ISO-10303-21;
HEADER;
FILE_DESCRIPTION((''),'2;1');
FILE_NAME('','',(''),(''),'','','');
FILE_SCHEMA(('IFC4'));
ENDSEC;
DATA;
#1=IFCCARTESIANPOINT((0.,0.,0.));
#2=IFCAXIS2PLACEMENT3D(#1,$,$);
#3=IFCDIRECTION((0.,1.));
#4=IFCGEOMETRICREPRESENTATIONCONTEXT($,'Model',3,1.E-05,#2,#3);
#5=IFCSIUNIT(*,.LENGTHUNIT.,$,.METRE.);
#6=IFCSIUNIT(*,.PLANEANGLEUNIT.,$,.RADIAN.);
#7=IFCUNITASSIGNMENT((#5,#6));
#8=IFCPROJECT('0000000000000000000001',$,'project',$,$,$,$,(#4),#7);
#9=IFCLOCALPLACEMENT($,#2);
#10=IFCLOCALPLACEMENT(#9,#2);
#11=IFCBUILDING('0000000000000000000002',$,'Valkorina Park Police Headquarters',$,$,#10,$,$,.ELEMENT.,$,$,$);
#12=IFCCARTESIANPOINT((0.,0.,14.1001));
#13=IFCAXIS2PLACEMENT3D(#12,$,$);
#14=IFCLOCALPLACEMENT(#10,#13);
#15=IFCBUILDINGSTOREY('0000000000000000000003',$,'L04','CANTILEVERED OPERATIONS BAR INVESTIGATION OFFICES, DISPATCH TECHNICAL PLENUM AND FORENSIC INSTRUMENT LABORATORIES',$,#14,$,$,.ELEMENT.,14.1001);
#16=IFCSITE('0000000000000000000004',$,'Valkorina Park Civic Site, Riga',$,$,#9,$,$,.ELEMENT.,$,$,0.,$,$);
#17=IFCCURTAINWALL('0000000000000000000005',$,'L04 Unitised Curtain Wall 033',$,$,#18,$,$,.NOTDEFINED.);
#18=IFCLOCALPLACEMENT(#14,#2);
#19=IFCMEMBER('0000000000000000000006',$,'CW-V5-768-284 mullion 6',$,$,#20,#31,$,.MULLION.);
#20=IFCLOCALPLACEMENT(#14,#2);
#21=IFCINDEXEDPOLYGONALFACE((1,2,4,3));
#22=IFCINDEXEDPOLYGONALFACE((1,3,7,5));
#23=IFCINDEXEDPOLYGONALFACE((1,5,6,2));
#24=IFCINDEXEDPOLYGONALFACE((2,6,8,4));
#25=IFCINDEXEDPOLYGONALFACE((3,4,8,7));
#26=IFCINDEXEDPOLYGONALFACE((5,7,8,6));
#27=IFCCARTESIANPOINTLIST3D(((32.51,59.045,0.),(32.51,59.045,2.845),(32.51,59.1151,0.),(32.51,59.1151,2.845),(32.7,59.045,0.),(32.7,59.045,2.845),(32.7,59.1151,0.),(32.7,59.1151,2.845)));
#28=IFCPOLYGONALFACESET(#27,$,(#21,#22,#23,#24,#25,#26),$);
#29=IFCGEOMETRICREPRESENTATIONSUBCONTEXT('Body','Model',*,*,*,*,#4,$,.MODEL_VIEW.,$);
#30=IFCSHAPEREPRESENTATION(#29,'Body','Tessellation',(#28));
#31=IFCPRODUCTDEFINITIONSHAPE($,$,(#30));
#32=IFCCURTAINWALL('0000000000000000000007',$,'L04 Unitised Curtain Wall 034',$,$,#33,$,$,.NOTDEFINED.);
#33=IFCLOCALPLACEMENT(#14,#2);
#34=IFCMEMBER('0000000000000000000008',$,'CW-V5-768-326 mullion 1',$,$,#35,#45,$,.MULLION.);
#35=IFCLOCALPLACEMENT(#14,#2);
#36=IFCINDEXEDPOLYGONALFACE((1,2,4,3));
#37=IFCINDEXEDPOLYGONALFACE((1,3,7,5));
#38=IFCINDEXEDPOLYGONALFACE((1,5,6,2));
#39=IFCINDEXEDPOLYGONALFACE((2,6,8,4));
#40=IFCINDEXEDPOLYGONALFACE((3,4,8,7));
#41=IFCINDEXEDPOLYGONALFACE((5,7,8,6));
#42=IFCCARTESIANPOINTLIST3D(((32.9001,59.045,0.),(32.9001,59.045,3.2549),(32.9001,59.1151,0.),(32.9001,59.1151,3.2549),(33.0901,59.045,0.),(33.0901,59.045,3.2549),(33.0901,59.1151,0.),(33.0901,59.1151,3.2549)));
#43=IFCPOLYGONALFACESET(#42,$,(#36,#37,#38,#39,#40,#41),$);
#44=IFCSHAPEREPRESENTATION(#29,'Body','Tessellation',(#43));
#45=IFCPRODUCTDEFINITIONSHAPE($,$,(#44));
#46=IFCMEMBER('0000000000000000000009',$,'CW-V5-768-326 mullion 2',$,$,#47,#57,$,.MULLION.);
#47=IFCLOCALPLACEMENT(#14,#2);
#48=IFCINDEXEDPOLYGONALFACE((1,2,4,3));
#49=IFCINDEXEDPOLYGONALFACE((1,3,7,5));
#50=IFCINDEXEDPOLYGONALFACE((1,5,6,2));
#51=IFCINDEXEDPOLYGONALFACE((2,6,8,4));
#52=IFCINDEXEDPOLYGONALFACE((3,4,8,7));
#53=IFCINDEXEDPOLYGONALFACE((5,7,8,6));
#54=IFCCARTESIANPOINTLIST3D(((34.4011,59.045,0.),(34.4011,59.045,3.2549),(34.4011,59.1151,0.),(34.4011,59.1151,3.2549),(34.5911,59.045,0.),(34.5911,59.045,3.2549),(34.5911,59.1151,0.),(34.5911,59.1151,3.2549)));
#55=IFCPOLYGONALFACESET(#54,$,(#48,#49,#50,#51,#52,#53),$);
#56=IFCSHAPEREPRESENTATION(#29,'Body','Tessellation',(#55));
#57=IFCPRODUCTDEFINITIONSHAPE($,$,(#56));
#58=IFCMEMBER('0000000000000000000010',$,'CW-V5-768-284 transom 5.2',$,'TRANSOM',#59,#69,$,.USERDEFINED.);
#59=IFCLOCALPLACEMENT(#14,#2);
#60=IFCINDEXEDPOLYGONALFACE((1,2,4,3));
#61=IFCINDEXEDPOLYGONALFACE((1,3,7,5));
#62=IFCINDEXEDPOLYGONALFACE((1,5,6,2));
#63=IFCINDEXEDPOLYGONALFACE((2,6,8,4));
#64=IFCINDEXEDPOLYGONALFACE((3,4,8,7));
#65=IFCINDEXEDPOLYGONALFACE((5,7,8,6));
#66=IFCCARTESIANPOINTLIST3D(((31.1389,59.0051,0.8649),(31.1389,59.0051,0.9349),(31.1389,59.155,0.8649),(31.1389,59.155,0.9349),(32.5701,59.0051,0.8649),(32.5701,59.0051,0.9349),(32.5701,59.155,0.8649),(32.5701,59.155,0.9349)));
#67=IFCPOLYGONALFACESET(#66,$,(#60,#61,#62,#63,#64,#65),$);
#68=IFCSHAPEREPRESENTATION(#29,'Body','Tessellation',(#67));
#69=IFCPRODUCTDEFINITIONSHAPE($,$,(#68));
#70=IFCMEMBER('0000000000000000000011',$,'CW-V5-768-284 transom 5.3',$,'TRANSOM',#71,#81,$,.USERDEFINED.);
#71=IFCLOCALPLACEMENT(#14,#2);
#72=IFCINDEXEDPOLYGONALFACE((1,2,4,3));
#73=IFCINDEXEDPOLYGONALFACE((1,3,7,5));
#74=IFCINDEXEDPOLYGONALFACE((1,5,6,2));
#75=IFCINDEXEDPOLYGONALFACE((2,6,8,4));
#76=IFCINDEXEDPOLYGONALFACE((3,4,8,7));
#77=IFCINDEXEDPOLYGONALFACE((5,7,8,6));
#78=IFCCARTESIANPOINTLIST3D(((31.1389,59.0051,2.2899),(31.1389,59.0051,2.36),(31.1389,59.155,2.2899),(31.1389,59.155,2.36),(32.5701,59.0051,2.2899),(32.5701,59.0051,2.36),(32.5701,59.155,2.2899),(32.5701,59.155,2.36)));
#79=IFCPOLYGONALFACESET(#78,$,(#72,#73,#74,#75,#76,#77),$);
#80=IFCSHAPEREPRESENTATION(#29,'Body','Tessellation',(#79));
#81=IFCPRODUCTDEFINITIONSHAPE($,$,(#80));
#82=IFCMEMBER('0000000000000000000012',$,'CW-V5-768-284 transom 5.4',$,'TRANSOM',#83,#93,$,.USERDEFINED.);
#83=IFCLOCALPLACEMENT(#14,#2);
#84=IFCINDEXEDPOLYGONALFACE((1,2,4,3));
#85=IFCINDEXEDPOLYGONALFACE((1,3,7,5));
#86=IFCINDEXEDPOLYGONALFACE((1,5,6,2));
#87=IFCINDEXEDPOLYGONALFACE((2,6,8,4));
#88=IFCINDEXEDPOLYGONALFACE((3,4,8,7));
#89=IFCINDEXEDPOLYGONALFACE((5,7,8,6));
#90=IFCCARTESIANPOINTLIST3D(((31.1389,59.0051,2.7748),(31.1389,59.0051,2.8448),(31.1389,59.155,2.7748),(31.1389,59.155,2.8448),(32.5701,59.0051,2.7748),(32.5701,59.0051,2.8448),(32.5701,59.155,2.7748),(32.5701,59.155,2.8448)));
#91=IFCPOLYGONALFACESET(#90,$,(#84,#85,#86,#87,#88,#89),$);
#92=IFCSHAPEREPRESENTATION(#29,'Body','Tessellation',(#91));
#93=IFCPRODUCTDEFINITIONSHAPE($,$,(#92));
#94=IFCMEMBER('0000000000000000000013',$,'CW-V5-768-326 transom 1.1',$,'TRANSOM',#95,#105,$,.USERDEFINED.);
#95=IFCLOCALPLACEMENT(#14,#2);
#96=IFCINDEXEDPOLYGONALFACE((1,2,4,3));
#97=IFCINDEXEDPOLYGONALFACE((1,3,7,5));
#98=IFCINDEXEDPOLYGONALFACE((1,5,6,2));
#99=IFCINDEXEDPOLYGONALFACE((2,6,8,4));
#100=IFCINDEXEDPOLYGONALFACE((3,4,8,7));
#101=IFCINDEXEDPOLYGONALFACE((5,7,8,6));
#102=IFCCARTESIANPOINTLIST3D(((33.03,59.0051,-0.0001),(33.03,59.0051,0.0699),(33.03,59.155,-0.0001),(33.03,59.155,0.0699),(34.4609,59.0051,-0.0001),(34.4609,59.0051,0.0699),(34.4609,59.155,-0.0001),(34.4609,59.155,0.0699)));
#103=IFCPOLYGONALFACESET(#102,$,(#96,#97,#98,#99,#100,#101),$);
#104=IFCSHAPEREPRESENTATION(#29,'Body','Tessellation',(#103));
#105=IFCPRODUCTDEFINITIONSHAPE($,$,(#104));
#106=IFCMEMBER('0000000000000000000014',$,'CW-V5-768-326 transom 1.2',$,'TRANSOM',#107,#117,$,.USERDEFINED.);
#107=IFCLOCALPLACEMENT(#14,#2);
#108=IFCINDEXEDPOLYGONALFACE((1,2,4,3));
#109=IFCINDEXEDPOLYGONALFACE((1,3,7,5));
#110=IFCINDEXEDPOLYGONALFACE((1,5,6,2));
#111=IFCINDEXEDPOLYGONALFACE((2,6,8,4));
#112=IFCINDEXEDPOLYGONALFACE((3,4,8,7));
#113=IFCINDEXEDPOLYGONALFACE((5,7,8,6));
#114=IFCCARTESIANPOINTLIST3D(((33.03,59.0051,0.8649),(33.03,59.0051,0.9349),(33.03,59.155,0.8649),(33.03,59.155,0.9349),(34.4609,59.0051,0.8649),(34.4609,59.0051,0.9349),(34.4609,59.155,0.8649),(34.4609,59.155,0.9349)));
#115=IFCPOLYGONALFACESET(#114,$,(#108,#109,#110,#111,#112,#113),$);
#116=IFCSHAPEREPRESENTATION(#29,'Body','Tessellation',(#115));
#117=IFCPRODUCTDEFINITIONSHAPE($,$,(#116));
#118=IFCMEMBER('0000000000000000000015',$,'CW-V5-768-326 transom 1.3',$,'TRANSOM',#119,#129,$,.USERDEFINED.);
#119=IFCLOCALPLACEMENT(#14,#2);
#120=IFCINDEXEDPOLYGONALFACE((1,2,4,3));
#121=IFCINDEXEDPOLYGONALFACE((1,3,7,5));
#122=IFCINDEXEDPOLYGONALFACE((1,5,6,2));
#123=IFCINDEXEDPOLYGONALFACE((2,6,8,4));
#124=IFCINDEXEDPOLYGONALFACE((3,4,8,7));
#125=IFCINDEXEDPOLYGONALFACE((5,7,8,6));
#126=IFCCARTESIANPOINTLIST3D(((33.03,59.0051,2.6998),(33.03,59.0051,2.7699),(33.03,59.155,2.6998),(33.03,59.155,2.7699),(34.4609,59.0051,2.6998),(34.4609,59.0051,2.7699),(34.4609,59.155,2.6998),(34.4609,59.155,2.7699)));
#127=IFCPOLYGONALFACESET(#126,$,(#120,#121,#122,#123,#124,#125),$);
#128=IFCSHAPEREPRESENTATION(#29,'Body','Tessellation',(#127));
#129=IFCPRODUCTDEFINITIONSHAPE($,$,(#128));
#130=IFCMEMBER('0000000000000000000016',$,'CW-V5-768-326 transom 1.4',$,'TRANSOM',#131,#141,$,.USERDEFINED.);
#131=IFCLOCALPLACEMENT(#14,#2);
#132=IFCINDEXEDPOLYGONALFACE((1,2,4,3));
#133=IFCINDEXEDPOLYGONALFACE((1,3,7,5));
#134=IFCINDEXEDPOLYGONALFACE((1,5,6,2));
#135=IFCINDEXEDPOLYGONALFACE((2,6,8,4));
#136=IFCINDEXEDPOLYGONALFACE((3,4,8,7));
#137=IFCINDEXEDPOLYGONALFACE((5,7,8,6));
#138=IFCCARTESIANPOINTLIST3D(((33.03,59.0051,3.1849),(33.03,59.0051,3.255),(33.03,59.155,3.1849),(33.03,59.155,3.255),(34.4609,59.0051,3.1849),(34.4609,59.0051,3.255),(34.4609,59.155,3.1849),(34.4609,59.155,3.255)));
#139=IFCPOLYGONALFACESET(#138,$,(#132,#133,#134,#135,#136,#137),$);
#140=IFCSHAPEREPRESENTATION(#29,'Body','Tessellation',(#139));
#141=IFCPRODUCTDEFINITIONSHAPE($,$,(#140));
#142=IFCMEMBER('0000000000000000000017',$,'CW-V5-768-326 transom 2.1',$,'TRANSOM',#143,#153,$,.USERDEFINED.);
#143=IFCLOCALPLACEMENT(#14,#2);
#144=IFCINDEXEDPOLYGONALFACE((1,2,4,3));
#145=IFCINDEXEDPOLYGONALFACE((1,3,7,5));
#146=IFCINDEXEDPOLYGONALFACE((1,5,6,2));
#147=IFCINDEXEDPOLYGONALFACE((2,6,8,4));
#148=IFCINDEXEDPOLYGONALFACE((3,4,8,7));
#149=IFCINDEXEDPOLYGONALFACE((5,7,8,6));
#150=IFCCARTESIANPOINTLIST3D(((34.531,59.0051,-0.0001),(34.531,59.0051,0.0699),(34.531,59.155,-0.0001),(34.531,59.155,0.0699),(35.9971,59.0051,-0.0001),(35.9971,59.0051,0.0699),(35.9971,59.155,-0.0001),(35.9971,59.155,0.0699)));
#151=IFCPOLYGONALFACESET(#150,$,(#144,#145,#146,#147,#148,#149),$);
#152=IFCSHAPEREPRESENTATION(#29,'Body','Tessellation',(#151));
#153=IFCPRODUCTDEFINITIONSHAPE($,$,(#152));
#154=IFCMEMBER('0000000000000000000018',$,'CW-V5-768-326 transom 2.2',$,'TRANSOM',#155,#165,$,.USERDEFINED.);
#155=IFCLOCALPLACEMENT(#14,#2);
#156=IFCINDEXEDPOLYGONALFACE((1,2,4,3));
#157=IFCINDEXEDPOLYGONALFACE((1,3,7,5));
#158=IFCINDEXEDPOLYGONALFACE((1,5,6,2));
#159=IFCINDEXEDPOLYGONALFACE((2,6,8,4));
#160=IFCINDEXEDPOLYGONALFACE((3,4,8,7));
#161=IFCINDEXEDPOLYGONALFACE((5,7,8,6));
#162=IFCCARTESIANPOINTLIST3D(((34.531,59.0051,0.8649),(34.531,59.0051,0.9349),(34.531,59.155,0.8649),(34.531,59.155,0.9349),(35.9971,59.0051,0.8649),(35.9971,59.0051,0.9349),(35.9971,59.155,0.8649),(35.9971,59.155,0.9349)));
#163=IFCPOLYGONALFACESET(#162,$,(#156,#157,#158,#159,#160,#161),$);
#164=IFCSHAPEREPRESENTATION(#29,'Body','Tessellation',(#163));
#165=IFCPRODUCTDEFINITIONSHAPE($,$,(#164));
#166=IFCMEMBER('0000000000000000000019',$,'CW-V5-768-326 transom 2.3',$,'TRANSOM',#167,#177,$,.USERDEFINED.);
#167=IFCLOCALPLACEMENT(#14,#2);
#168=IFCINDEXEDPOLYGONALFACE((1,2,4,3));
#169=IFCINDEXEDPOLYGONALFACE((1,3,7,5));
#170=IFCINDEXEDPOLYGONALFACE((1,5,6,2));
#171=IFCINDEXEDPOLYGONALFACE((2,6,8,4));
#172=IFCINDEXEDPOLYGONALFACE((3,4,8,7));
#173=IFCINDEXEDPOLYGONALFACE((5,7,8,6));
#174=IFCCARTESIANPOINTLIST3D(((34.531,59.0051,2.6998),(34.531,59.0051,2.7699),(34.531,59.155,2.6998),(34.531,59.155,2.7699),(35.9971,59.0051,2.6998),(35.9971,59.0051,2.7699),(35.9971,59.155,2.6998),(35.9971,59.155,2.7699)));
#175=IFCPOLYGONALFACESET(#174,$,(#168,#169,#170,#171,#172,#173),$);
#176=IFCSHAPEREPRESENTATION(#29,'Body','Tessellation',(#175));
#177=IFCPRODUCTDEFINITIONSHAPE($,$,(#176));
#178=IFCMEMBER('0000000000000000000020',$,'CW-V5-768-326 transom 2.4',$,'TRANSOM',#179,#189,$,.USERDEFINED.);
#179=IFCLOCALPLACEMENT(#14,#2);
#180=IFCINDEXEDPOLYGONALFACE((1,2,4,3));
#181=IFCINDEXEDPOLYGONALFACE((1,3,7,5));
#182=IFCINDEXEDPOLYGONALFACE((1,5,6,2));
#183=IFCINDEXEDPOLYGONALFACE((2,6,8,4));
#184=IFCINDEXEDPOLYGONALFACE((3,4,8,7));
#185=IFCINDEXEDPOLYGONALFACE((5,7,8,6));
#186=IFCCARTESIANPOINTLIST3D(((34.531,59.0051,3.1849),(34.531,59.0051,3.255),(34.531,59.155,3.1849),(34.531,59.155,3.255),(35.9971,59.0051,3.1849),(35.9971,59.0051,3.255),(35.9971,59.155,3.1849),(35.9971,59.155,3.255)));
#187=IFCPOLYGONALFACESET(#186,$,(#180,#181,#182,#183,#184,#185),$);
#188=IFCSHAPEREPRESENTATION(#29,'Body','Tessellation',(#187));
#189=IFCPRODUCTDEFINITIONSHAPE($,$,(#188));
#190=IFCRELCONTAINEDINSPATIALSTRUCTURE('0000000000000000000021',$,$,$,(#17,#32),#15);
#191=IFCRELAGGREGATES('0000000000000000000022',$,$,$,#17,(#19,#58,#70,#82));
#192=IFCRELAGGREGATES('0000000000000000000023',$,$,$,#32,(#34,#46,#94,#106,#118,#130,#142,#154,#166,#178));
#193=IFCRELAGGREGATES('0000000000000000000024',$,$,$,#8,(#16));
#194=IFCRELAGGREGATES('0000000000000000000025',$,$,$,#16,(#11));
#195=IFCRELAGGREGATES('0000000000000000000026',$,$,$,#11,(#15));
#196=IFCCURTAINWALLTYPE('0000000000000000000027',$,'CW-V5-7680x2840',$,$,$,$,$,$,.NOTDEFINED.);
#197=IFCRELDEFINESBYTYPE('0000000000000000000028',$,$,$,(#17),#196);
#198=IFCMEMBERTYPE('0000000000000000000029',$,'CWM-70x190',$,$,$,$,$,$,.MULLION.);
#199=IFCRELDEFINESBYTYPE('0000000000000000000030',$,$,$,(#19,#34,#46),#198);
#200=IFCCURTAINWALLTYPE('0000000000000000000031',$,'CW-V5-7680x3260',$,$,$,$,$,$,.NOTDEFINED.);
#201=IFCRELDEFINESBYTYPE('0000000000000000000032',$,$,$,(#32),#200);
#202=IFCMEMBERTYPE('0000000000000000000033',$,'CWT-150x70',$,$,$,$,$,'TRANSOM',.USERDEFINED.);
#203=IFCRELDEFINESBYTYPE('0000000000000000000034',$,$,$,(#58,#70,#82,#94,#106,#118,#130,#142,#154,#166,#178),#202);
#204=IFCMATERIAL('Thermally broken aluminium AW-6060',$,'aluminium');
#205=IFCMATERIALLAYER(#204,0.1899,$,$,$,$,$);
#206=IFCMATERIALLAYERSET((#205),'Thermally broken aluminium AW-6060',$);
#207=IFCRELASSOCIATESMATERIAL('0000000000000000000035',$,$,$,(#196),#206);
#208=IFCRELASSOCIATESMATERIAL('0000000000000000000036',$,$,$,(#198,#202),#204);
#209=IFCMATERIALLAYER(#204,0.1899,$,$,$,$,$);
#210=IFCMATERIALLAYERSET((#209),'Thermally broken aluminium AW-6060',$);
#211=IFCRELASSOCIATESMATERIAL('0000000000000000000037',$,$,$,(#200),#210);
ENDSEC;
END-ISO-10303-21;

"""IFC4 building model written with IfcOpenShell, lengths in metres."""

from ifc_helpers import new_model, si_unit, direction, frame, origin, origin_2d, place, context, subcontext, project, spatial, rectangle, extrude, material, layer, layer_set, material_profile, profile_set, type_object, element, aggregate, save


model = new_model("IFC4")

# Units and contexts
model_context = context("Model", 3, precision=1e-05, world=origin(), true_north=direction((0.0, 1.0)))
body_context = subcontext(model_context, "Body", "Model", "MODEL_VIEW")
ifc_project = project(units=[si_unit("LENGTHUNIT", "METRE"), si_unit("PLANEANGLEUNIT", "RADIAN")], contexts=[model_context])

# Site, building, storey
site_placement = place(None, origin())
site = spatial("IfcSite", under=ifc_project, at=site_placement, Name="Valkorina Park Civic Site, Riga", CompositionType="ELEMENT", RefElevation=0.0)
building_placement = place(site_placement, origin())
building = spatial("IfcBuilding", under=site, at=building_placement, Name="Valkorina Park Police Headquarters", CompositionType="ELEMENT")
storey_placement = place(building_placement, frame((0.0, 0.0, 14.1001)))
storey = spatial("IfcBuildingStorey", under=building, at=storey_placement, Name="L04", Description="CANTILEVERED OPERATIONS BAR INVESTIGATION OFFICES, DISPATCH TECHNICAL PLENUM AND FORENSIC INSTRUMENT LABORATORIES", CompositionType="ELEMENT", Elevation=14.1001)

# Curtain wall, member
ifc_material_1 = material(Name="Thermally broken aluminium AW-6060", Category="aluminium")
ifc_layer_1 = layer(ifc_material_1, 0.1899)
ifc_layer_set_1 = layer_set([ifc_layer_1], Name="Thermally broken aluminium AW-6060")
curtain_wall_type_1 = type_object("IfcCurtainWallType", Name="CW-V5-7680x2840", PredefinedType="NOTDEFINED", material=ifc_layer_set_1)
curtain_wall_1_placement = place(storey_placement, origin())
curtain_wall_1 = element("IfcCurtainWall", 1, at=curtain_wall_1_placement, inside=storey, type_object=curtain_wall_type_1, Name="L04 Unitised Curtain Wall 033", PredefinedType="NOTDEFINED")
ifc_material_profile_1 = material_profile(ifc_material_1, rectangle(XDim=0.0701, YDim=0.1899, at=origin_2d()), Name="CWM-02 70x190")
ifc_profile_set_1 = profile_set([ifc_material_profile_1], Name="Thermally broken aluminium AW-6060")
member_type_1 = type_object("IfcMemberType", Name="CWM-70x190", PredefinedType="MULLION", material=ifc_profile_set_1)
member_1_placement = place(storey_placement, frame((32.605, 59.0801, 0.0), z_axis=(0.0, 0.0, 1.0), x_axis=(0.0, 1.0, 0.0)))
member_1 = element("IfcMember", 2, at=member_1_placement, type_object=member_type_1, Name="CW-V5-768-284 mullion 6", PredefinedType="MULLION", context=body_context, shape_type="SweptSolid", body=[
    extrude(rectangle(XDim=0.0701, YDim=0.1899, at=origin_2d()), origin(), (0.0, 0.0, 1.0), 2.845),
])

# Curtain wall, members
ifc_layer_2 = layer(ifc_material_1, 0.1899)
ifc_layer_set_2 = layer_set([ifc_layer_2], Name="Thermally broken aluminium AW-6060")
curtain_wall_type_2 = type_object("IfcCurtainWallType", Name="CW-V5-7680x3260", PredefinedType="NOTDEFINED", material=ifc_layer_set_2)
curtain_wall_2_placement = place(storey_placement, origin())
curtain_wall_2 = element("IfcCurtainWall", 3, at=curtain_wall_2_placement, inside=storey, type_object=curtain_wall_type_2, Name="L04 Unitised Curtain Wall 034", PredefinedType="NOTDEFINED")
member_2_placement = place(storey_placement, frame((32.9951, 59.0801, 0.0), z_axis=(0.0, 0.0, 1.0), x_axis=(0.0, 1.0, 0.0)))
member_2 = element("IfcMember", 4, at=member_2_placement, type_object=member_type_1, Name="CW-V5-768-326 mullion 1", PredefinedType="MULLION", context=body_context, shape_type="SweptSolid", body=[
    extrude(rectangle(XDim=0.0701, YDim=0.1899, at=origin_2d()), origin(), (0.0, 0.0, 1.0), 3.2549),
])
member_3_placement = place(storey_placement, frame((34.4961, 59.0801, 0.0), z_axis=(0.0, 0.0, 1.0), x_axis=(0.0, 1.0, 0.0)))
member_3 = element("IfcMember", 5, at=member_3_placement, type_object=member_type_1, Name="CW-V5-768-326 mullion 2", PredefinedType="MULLION", context=body_context, shape_type="SweptSolid", body=[
    extrude(rectangle(XDim=0.0701, YDim=0.1899, at=origin_2d()), origin(), (0.0, 0.0, 1.0), 3.2549),
])

# Members
ifc_material_profile_2 = material_profile(ifc_material_1, rectangle(XDim=0.1499, YDim=0.0701, at=origin_2d()), Name="CWT-02 150x70")
ifc_profile_set_2 = profile_set([ifc_material_profile_2], Name="Thermally broken aluminium AW-6060")
member_type_2 = type_object("IfcMemberType", Name="CWT-150x70", ElementType="TRANSOM", PredefinedType="USERDEFINED", material=ifc_profile_set_2)
member_4_placement = place(storey_placement, frame((31.1389, 59.0801, 0.8999), z_axis=(1.0, 0.0, 0.0), x_axis=(0.0, 1.0, 0.0)))
member_4 = element("IfcMember", 6, at=member_4_placement, type_object=member_type_2, Name="CW-V5-768-284 transom 5.2", ObjectType="TRANSOM", PredefinedType="USERDEFINED", context=body_context, shape_type="SweptSolid", body=[
    extrude(rectangle(XDim=0.1499, YDim=0.0701, at=origin_2d()), origin(), (0.0, 0.0, 1.0), 1.4312),
])
member_5_placement = place(storey_placement, frame((31.1389, 59.0801, 2.325), z_axis=(1.0, 0.0, 0.0), x_axis=(0.0, 1.0, 0.0)))
member_5 = element("IfcMember", 7, at=member_5_placement, type_object=member_type_2, Name="CW-V5-768-284 transom 5.3", ObjectType="TRANSOM", PredefinedType="USERDEFINED", context=body_context, shape_type="SweptSolid", body=[
    extrude(rectangle(XDim=0.1499, YDim=0.0701, at=origin_2d()), origin(), (0.0, 0.0, 1.0), 1.4312),
])
member_6_placement = place(storey_placement, frame((31.1389, 59.0801, 2.8098), z_axis=(1.0, 0.0, 0.0), x_axis=(0.0, 1.0, 0.0)))
member_6 = element("IfcMember", 8, at=member_6_placement, type_object=member_type_2, Name="CW-V5-768-284 transom 5.4", ObjectType="TRANSOM", PredefinedType="USERDEFINED", context=body_context, shape_type="SweptSolid", body=[
    extrude(rectangle(XDim=0.1499, YDim=0.0701, at=origin_2d()), origin(), (0.0, 0.0, 1.0), 1.4312),
])
member_7_placement = place(storey_placement, frame((33.03, 59.0801, 0.0349), z_axis=(1.0, 0.0, 0.0), x_axis=(0.0, 1.0, 0.0)))
member_7 = element("IfcMember", 9, at=member_7_placement, type_object=member_type_2, Name="CW-V5-768-326 transom 1.1", ObjectType="TRANSOM", PredefinedType="USERDEFINED", context=body_context, shape_type="SweptSolid", body=[
    extrude(rectangle(XDim=0.1499, YDim=0.0701, at=origin_2d()), origin(), (0.0, 0.0, 1.0), 1.4309),
])
member_8_placement = place(storey_placement, frame((33.03, 59.0801, 0.8999), z_axis=(1.0, 0.0, 0.0), x_axis=(0.0, 1.0, 0.0)))
member_8 = element("IfcMember", 10, at=member_8_placement, type_object=member_type_2, Name="CW-V5-768-326 transom 1.2", ObjectType="TRANSOM", PredefinedType="USERDEFINED", context=body_context, shape_type="SweptSolid", body=[
    extrude(rectangle(XDim=0.1499, YDim=0.0701, at=origin_2d()), origin(), (0.0, 0.0, 1.0), 1.4309),
])
member_9_placement = place(storey_placement, frame((33.03, 59.0801, 2.7349), z_axis=(1.0, 0.0, 0.0), x_axis=(0.0, 1.0, 0.0)))
member_9 = element("IfcMember", 11, at=member_9_placement, type_object=member_type_2, Name="CW-V5-768-326 transom 1.3", ObjectType="TRANSOM", PredefinedType="USERDEFINED", context=body_context, shape_type="SweptSolid", body=[
    extrude(rectangle(XDim=0.1499, YDim=0.0701, at=origin_2d()), origin(), (0.0, 0.0, 1.0), 1.4309),
])
member_10_placement = place(storey_placement, frame((33.03, 59.0801, 3.22), z_axis=(1.0, 0.0, 0.0), x_axis=(0.0, 1.0, 0.0)))
member_10 = element("IfcMember", 12, at=member_10_placement, type_object=member_type_2, Name="CW-V5-768-326 transom 1.4", ObjectType="TRANSOM", PredefinedType="USERDEFINED", context=body_context, shape_type="SweptSolid", body=[
    extrude(rectangle(XDim=0.1499, YDim=0.0701, at=origin_2d()), origin(), (0.0, 0.0, 1.0), 1.4309),
])
member_11_placement = place(storey_placement, frame((34.531, 59.0801, 0.0349), z_axis=(1.0, 0.0, 0.0), x_axis=(0.0, 1.0, 0.0)))
member_11 = element("IfcMember", 13, at=member_11_placement, type_object=member_type_2, Name="CW-V5-768-326 transom 2.1", ObjectType="TRANSOM", PredefinedType="USERDEFINED", context=body_context, shape_type="SweptSolid", body=[
    extrude(rectangle(XDim=0.1499, YDim=0.0701, at=origin_2d()), origin(), (0.0, 0.0, 1.0), 1.4661),
])
member_12_placement = place(storey_placement, frame((34.531, 59.0801, 0.8999), z_axis=(1.0, 0.0, 0.0), x_axis=(0.0, 1.0, 0.0)))
member_12 = element("IfcMember", 14, at=member_12_placement, type_object=member_type_2, Name="CW-V5-768-326 transom 2.2", ObjectType="TRANSOM", PredefinedType="USERDEFINED", context=body_context, shape_type="SweptSolid", body=[
    extrude(rectangle(XDim=0.1499, YDim=0.0701, at=origin_2d()), origin(), (0.0, 0.0, 1.0), 1.4661),
])
member_13_placement = place(storey_placement, frame((34.531, 59.0801, 2.7349), z_axis=(1.0, 0.0, 0.0), x_axis=(0.0, 1.0, 0.0)))
member_13 = element("IfcMember", 15, at=member_13_placement, type_object=member_type_2, Name="CW-V5-768-326 transom 2.3", ObjectType="TRANSOM", PredefinedType="USERDEFINED", context=body_context, shape_type="SweptSolid", body=[
    extrude(rectangle(XDim=0.1499, YDim=0.0701, at=origin_2d()), origin(), (0.0, 0.0, 1.0), 1.4661),
])
member_14_placement = place(storey_placement, frame((34.531, 59.0801, 3.22), z_axis=(1.0, 0.0, 0.0), x_axis=(0.0, 1.0, 0.0)))
member_14 = element("IfcMember", 16, at=member_14_placement, type_object=member_type_2, Name="CW-V5-768-326 transom 2.4", ObjectType="TRANSOM", PredefinedType="USERDEFINED", context=body_context, shape_type="SweptSolid", body=[
    extrude(rectangle(XDim=0.1499, YDim=0.0701, at=origin_2d()), origin(), (0.0, 0.0, 1.0), 1.4661),
])

aggregate(curtain_wall_1, [member_1, member_4, member_5, member_6])
aggregate(curtain_wall_2, [member_2, member_3, member_7, member_8, member_9, member_10, member_11, member_12, member_13, member_14])

save(model, "model.ifc")
